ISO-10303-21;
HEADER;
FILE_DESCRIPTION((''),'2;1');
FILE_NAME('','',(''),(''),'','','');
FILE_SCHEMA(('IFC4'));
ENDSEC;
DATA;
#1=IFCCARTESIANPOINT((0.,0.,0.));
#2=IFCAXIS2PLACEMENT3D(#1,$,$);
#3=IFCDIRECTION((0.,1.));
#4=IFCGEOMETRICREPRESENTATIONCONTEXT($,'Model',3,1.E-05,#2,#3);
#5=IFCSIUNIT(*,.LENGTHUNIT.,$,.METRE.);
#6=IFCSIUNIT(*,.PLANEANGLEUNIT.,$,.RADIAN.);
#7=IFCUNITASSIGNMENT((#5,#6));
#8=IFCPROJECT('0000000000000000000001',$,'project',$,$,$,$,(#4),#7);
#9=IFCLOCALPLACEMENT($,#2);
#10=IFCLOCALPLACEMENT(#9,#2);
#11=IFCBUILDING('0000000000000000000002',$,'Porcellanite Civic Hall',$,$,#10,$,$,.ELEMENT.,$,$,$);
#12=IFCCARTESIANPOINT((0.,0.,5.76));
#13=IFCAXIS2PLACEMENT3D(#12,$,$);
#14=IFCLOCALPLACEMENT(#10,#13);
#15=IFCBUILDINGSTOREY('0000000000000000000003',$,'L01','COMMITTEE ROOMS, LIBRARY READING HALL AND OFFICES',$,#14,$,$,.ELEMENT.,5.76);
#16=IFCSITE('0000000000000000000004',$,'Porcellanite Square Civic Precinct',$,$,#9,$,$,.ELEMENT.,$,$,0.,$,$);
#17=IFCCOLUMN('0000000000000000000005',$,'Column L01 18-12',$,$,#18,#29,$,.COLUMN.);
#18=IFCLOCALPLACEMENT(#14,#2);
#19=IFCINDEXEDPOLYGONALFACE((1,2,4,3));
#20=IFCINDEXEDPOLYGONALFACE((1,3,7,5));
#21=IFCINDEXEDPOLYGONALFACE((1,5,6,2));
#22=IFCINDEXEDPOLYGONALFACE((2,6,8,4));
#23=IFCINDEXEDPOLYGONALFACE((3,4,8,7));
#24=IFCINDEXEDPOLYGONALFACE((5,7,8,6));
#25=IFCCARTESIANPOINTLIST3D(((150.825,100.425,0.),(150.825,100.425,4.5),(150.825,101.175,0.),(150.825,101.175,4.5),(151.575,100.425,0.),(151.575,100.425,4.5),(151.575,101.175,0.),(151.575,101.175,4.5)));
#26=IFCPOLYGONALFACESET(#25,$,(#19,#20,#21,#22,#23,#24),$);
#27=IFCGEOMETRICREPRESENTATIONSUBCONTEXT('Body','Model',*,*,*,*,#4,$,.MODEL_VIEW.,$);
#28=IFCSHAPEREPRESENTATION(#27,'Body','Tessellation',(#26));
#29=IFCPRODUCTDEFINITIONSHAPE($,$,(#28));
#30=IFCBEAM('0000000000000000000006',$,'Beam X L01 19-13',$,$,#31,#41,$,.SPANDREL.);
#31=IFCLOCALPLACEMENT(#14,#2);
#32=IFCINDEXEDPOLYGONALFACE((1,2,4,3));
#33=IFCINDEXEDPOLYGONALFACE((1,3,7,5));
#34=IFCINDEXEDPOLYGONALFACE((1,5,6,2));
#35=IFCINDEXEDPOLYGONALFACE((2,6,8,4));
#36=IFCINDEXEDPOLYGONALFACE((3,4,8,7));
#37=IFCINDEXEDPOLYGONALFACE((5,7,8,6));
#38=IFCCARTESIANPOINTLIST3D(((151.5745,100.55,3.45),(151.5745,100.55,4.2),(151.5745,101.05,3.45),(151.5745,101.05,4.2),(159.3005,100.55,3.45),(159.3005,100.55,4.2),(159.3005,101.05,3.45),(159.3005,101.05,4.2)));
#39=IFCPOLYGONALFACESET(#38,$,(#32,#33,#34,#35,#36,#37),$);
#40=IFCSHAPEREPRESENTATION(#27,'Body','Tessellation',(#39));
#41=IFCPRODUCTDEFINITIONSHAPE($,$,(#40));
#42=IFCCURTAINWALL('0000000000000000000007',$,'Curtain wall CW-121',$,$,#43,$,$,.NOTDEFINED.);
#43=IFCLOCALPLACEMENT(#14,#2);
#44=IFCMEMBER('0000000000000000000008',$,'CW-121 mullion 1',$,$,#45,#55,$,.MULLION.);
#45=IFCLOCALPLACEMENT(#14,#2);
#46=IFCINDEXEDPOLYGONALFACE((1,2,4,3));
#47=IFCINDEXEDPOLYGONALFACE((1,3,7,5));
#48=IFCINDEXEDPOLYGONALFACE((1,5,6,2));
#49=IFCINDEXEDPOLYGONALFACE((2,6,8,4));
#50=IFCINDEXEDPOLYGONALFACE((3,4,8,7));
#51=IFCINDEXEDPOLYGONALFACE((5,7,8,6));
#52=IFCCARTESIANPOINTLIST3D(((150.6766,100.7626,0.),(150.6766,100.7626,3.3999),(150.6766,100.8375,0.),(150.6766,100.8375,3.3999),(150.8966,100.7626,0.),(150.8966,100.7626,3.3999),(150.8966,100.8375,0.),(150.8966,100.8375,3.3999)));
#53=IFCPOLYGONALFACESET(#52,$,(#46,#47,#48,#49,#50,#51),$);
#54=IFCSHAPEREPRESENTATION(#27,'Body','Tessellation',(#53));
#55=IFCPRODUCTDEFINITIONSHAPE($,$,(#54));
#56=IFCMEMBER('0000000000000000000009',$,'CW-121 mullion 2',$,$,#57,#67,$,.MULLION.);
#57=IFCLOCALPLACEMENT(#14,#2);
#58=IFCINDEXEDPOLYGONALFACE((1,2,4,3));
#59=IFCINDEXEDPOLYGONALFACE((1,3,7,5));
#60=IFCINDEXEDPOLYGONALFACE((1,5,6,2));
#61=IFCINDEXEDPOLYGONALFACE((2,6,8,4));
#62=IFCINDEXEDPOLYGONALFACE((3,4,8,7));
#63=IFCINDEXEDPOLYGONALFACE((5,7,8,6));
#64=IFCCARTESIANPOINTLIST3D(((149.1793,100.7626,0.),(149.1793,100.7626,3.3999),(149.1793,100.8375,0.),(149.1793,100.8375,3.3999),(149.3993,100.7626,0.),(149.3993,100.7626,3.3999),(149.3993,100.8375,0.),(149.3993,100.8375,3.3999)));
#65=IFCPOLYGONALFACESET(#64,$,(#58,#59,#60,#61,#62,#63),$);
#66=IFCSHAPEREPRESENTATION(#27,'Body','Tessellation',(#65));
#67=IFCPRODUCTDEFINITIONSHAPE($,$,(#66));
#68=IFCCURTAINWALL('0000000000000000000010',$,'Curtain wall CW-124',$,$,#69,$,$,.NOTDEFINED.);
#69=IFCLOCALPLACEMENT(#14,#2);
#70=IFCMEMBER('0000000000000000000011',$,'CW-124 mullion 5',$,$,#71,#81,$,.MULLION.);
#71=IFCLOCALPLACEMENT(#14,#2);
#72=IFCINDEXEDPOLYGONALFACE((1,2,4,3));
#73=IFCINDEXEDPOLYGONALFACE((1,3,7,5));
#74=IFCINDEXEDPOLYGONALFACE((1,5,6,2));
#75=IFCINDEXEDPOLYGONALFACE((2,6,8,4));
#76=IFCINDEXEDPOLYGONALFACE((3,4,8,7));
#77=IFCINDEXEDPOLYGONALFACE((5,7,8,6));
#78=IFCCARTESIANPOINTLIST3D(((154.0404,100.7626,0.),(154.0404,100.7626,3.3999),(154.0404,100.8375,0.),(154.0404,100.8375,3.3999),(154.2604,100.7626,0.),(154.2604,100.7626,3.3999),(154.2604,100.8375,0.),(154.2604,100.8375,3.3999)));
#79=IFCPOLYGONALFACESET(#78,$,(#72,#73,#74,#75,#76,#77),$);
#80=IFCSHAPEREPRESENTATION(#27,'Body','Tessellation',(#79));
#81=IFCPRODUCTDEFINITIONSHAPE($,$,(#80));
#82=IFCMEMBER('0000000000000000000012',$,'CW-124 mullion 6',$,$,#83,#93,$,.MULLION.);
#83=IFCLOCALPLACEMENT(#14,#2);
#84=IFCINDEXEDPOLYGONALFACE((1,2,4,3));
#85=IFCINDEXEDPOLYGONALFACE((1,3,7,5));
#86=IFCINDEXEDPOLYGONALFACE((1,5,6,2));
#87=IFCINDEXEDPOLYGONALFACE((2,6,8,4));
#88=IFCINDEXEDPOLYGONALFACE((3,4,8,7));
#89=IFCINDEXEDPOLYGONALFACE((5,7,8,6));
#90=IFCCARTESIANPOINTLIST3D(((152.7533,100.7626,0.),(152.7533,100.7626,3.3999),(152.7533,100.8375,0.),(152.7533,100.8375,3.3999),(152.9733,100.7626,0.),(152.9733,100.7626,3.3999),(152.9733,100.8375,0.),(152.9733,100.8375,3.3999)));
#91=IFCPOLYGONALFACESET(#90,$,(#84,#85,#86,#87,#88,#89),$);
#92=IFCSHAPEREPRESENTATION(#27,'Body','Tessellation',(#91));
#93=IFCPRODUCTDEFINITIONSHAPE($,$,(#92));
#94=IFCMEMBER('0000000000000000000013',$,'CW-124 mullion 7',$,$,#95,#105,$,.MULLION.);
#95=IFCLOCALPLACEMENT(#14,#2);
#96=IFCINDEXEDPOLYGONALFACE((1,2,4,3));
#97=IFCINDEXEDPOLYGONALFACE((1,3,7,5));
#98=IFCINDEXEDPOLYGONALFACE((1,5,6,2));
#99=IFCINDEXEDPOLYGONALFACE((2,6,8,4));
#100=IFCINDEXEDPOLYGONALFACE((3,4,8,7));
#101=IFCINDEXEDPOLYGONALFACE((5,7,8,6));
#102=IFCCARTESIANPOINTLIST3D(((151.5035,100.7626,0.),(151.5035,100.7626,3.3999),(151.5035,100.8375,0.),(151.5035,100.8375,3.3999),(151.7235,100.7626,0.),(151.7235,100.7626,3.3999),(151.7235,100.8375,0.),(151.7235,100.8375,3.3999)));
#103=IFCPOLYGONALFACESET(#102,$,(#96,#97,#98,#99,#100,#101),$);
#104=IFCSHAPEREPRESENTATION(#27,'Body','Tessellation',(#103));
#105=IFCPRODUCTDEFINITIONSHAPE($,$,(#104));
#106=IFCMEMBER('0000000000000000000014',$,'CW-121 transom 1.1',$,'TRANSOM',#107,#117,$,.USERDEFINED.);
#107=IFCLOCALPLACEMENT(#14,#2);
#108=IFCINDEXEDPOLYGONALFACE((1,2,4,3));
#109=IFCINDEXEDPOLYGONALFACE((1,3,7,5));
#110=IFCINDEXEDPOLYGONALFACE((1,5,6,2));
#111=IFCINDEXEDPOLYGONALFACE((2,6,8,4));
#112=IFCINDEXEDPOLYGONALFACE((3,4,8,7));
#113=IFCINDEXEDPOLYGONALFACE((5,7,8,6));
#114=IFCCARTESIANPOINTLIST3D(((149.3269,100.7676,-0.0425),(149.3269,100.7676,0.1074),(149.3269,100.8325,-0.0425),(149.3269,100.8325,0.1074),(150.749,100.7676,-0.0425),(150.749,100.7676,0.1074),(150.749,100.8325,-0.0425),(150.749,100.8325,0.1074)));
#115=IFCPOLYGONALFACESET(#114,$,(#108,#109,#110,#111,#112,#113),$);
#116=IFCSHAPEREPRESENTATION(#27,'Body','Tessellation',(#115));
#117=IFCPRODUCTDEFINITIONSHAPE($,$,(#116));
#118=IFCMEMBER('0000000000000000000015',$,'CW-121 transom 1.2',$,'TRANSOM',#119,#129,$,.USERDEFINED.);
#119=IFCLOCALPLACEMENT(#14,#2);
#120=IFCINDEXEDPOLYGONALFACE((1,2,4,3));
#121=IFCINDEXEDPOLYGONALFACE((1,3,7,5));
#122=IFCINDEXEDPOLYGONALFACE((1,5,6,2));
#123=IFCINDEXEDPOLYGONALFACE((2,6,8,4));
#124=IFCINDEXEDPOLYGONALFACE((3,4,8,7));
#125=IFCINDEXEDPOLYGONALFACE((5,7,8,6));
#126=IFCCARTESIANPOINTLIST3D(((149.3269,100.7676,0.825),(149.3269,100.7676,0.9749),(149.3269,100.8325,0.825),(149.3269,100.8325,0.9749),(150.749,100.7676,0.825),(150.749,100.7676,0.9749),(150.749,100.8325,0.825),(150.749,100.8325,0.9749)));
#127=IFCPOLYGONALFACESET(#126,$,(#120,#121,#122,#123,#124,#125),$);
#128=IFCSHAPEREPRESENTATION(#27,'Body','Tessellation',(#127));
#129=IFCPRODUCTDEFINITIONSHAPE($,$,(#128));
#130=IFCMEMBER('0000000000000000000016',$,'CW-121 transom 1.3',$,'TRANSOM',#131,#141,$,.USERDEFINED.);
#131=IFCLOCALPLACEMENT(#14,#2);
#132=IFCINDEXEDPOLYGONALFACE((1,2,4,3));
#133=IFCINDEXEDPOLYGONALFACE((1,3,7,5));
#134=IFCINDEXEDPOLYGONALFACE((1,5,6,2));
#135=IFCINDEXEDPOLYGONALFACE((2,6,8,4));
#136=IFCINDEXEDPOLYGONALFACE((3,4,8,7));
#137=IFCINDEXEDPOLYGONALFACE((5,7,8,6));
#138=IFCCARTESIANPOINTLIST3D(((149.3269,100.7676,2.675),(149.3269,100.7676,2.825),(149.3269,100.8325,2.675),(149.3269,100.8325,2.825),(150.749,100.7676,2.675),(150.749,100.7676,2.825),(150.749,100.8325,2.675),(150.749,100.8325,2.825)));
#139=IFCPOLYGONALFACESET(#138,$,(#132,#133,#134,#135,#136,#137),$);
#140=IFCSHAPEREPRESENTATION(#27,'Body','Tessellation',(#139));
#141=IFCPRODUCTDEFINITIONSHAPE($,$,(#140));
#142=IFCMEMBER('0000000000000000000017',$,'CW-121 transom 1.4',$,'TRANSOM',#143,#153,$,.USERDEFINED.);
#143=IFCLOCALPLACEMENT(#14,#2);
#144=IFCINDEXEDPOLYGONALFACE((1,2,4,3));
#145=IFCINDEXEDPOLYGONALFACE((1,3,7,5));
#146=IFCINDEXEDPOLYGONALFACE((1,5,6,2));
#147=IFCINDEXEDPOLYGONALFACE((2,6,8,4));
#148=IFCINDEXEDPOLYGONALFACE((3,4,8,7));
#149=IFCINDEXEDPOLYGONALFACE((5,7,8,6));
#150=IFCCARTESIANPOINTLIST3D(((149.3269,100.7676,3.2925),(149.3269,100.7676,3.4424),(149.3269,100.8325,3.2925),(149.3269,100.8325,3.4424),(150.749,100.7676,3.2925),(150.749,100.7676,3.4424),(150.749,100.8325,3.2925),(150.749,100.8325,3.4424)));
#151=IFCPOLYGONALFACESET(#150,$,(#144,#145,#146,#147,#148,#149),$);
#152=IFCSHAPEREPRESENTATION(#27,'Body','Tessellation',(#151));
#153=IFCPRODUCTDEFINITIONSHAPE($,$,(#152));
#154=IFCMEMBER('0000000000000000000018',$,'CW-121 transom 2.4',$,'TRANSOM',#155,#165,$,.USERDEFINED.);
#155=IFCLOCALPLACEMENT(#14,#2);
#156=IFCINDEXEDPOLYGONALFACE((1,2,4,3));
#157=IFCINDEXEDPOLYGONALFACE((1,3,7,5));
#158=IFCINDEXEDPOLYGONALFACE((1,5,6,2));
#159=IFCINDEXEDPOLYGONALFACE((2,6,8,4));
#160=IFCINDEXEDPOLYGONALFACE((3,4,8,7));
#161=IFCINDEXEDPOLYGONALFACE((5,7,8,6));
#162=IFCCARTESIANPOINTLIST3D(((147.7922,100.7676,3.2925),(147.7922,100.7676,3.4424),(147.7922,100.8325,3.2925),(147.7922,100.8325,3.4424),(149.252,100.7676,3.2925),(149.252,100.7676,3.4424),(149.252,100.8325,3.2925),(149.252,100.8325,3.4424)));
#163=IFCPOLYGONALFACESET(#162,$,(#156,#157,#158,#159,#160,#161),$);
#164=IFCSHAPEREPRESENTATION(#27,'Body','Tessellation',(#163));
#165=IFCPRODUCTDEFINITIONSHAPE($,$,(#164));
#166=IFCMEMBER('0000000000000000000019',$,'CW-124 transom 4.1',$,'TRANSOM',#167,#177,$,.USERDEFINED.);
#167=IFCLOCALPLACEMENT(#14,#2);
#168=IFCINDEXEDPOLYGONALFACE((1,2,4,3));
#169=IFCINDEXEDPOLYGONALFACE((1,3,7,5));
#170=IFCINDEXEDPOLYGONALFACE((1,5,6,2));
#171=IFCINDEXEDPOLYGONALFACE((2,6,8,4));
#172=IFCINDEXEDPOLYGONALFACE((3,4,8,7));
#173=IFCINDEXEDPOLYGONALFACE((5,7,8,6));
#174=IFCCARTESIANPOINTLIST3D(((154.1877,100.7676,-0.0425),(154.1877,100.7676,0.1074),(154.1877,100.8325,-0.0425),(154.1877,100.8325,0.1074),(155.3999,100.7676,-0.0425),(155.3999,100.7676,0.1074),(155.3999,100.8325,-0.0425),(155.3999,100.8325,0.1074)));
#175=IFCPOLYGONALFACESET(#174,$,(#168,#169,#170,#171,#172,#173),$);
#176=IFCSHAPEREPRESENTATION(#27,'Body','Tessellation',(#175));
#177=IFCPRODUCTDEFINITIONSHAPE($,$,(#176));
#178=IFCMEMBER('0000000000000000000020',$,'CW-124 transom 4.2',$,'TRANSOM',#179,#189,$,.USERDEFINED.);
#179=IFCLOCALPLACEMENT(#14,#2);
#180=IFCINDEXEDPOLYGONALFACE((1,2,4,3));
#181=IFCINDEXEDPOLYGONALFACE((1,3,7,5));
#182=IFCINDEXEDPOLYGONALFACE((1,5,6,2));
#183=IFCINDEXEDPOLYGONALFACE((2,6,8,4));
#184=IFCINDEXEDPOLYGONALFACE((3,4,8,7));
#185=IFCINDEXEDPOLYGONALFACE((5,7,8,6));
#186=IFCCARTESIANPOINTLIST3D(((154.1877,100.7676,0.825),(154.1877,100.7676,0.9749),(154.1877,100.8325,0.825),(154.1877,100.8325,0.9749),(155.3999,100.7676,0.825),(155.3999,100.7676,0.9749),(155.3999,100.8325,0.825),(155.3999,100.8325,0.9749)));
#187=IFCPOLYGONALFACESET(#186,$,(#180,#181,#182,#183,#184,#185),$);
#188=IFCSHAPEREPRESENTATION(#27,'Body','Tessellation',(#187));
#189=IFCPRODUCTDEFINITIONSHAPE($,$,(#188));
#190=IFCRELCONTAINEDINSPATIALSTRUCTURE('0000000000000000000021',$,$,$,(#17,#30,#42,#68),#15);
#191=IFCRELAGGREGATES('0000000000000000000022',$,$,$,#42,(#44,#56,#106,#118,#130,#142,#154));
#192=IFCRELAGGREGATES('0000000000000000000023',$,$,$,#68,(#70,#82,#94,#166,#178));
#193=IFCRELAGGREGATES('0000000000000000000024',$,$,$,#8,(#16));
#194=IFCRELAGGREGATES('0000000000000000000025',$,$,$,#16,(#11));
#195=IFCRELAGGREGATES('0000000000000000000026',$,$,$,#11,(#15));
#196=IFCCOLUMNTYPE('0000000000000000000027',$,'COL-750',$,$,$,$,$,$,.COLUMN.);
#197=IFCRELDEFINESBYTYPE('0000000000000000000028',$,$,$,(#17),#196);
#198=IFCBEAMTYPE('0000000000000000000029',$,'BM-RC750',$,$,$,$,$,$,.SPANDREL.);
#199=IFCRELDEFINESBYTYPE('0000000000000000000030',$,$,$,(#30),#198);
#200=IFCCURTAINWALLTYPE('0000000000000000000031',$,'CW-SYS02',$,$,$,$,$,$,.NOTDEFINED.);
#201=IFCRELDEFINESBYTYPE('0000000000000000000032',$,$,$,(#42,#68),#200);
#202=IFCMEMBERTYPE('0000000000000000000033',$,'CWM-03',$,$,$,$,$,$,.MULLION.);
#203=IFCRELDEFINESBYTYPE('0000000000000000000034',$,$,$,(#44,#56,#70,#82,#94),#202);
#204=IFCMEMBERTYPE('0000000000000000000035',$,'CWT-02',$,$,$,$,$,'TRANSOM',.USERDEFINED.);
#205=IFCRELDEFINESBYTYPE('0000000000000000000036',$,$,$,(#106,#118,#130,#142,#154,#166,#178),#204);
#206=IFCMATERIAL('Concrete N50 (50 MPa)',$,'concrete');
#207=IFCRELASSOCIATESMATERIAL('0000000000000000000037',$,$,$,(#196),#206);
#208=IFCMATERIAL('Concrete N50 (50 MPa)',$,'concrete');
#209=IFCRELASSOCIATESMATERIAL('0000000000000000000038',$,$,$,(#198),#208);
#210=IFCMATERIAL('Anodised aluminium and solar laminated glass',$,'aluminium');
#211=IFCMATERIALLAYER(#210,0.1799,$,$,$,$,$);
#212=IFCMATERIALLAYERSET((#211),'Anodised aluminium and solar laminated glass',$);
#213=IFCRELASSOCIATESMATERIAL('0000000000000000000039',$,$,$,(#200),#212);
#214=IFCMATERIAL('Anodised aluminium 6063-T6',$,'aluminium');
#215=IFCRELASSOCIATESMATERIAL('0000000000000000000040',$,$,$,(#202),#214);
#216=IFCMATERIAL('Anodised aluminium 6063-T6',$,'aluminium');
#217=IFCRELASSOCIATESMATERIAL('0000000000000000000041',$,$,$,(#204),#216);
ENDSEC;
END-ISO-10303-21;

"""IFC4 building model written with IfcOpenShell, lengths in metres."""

from ifc_helpers import new_model, si_unit, direction, frame, origin, origin_2d, place, context, subcontext, project, spatial, rectangle, extrude, material, layer, layer_set, material_profile, profile_set, type_object, element, aggregate, save


model = new_model("IFC4")

# Units and contexts
model_context = context("Model", 3, precision=1e-05, world=origin(), true_north=direction((0.0, 1.0)))
body_context = subcontext(model_context, "Body", "Model", "MODEL_VIEW")
ifc_project = project(units=[si_unit("LENGTHUNIT", "METRE"), si_unit("PLANEANGLEUNIT", "RADIAN")], contexts=[model_context])

# Site, building, storey
site_placement = place(None, origin())
site = spatial("IfcSite", under=ifc_project, at=site_placement, Name="Porcellanite Square Civic Precinct", CompositionType="ELEMENT", RefElevation=0.0)
building_placement = place(site_placement, origin())
building = spatial("IfcBuilding", under=site, at=building_placement, Name="Porcellanite Civic Hall", CompositionType="ELEMENT")
storey_placement = place(building_placement, frame((0.0, 0.0, 5.76)))
storey = spatial("IfcBuildingStorey", under=building, at=storey_placement, Name="L01", Description="COMMITTEE ROOMS, LIBRARY READING HALL AND OFFICES", CompositionType="ELEMENT", Elevation=5.76)

# Column
ifc_material_1 = material(Name="Concrete N50 (50 MPa)", Category="concrete")
ifc_material_profile_1 = material_profile(ifc_material_1, rectangle(XDim=0.75, YDim=0.75, at=origin_2d()), Name="RC-750x750")
ifc_profile_set_1 = profile_set([ifc_material_profile_1], Name="Concrete N50 (50 MPa)")
column_type = type_object("IfcColumnType", Name="COL-750", PredefinedType="COLUMN", material=ifc_profile_set_1)
column_placement = place(storey_placement, frame((151.2, 100.8, 0.0), z_axis=(0.0, 0.0, 1.0), x_axis=(1.0, 0.0, 0.0)))
element("IfcColumn", 1, at=column_placement, inside=storey, type_object=column_type, Name="Column L01 18-12", PredefinedType="COLUMN", context=body_context, shape_type="SweptSolid", body=[
    extrude(rectangle(XDim=0.75, YDim=0.75, at=origin_2d()), origin(), (0.0, 0.0, 1.0), 4.5),
])

# Beam
ifc_material_2 = material(Name="Concrete N50 (50 MPa)", Category="concrete")
ifc_material_profile_2 = material_profile(ifc_material_2, rectangle(XDim=0.5, YDim=0.75, at=origin_2d()), Name="RC-500x750")
ifc_profile_set_2 = profile_set([ifc_material_profile_2], Name="Concrete N50 (50 MPa)")
beam_type = type_object("IfcBeamType", Name="BM-RC750", PredefinedType="SPANDREL", material=ifc_profile_set_2)
beam_placement = place(storey_placement, frame((151.5745, 100.8, 3.825), z_axis=(1.0, 0.0, 0.0), x_axis=(0.0, 1.0, 0.0)))
element("IfcBeam", 2, at=beam_placement, inside=storey, type_object=beam_type, Name="Beam X L01 19-13", PredefinedType="SPANDREL", context=body_context, shape_type="SweptSolid", body=[
    extrude(rectangle(XDim=0.5, YDim=0.75, at=origin_2d()), origin(), (0.0, 0.0, 1.0), 7.7261),
])

# Curtain walls, members
ifc_material_3 = material(Name="Anodised aluminium and solar laminated glass", Category="aluminium")
ifc_layer_1 = layer(ifc_material_3, 0.1799)
ifc_layer_set_1 = layer_set([ifc_layer_1], Name="Anodised aluminium and solar laminated glass")
curtain_wall_type = type_object("IfcCurtainWallType", Name="CW-SYS02", PredefinedType="NOTDEFINED", material=ifc_layer_set_1)
curtain_wall_1_placement = place(storey_placement, origin())
curtain_wall_1 = element("IfcCurtainWall", 3, at=curtain_wall_1_placement, inside=storey, type_object=curtain_wall_type, Name="Curtain wall CW-121", PredefinedType="NOTDEFINED")
ifc_material_4 = material(Name="Anodised aluminium 6063-T6", Category="aluminium")
ifc_material_profile_3 = material_profile(ifc_material_4, rectangle(XDim=0.075, YDim=0.22, at=origin_2d()), Name="AL-75x220")
ifc_profile_set_3 = profile_set([ifc_material_profile_3], Name="Anodised aluminium 6063-T6")
member_type_1 = type_object("IfcMemberType", Name="CWM-03", PredefinedType="MULLION", material=ifc_profile_set_3)
member_1_placement = place(storey_placement, frame((150.7866, 100.8, 0.0), z_axis=(0.0, 0.0, 1.0), x_axis=(0.0, -1.0, 0.0)))
member_1 = element("IfcMember", 4, at=member_1_placement, type_object=member_type_1, Name="CW-121 mullion 1", PredefinedType="MULLION", context=body_context, shape_type="SweptSolid", body=[
    extrude(rectangle(XDim=0.075, YDim=0.22, at=origin_2d()), origin(), (0.0, 0.0, 1.0), 3.3999),
])
member_2_placement = place(storey_placement, frame((149.2893, 100.8, 0.0), z_axis=(0.0, 0.0, 1.0), x_axis=(0.0, -1.0, 0.0)))
member_2 = element("IfcMember", 5, at=member_2_placement, type_object=member_type_1, Name="CW-121 mullion 2", PredefinedType="MULLION", context=body_context, shape_type="SweptSolid", body=[
    extrude(rectangle(XDim=0.075, YDim=0.22, at=origin_2d()), origin(), (0.0, 0.0, 1.0), 3.3999),
])
curtain_wall_2_placement = place(storey_placement, origin())
curtain_wall_2 = element("IfcCurtainWall", 6, at=curtain_wall_2_placement, inside=storey, type_object=curtain_wall_type, Name="Curtain wall CW-124", PredefinedType="NOTDEFINED")
member_3_placement = place(storey_placement, frame((154.1504, 100.8, 0.0), z_axis=(0.0, 0.0, 1.0), x_axis=(0.0, -1.0, 0.0)))
member_3 = element("IfcMember", 7, at=member_3_placement, type_object=member_type_1, Name="CW-124 mullion 5", PredefinedType="MULLION", context=body_context, shape_type="SweptSolid", body=[
    extrude(rectangle(XDim=0.075, YDim=0.22, at=origin_2d()), origin(), (0.0, 0.0, 1.0), 3.3999),
])
member_4_placement = place(storey_placement, frame((152.8633, 100.8, 0.0), z_axis=(0.0, 0.0, 1.0), x_axis=(0.0, -1.0, 0.0)))
member_4 = element("IfcMember", 8, at=member_4_placement, type_object=member_type_1, Name="CW-124 mullion 6", PredefinedType="MULLION", context=body_context, shape_type="SweptSolid", body=[
    extrude(rectangle(XDim=0.075, YDim=0.22, at=origin_2d()), origin(), (0.0, 0.0, 1.0), 3.3999),
])
member_5_placement = place(storey_placement, frame((151.6135, 100.8, 0.0), z_axis=(0.0, 0.0, 1.0), x_axis=(0.0, -1.0, 0.0)))
member_5 = element("IfcMember", 9, at=member_5_placement, type_object=member_type_1, Name="CW-124 mullion 7", PredefinedType="MULLION", context=body_context, shape_type="SweptSolid", body=[
    extrude(rectangle(XDim=0.075, YDim=0.22, at=origin_2d()), origin(), (0.0, 0.0, 1.0), 3.3999),
])

# Members
ifc_material_5 = material(Name="Anodised aluminium 6063-T6", Category="aluminium")
ifc_material_profile_4 = material_profile(ifc_material_5, rectangle(XDim=0.0649, YDim=0.1499, at=origin_2d()), Name="AL-65x150")
ifc_profile_set_4 = profile_set([ifc_material_profile_4], Name="Anodised aluminium 6063-T6")
member_type_2 = type_object("IfcMemberType", Name="CWT-02", ElementType="TRANSOM", PredefinedType="USERDEFINED", material=ifc_profile_set_4)
member_6_placement = place(storey_placement, frame((150.749, 100.8, 0.0325), z_axis=(-1.0, 0.0, 0.0), x_axis=(0.0, -1.0, 0.0)))
member_6 = element("IfcMember", 10, at=member_6_placement, type_object=member_type_2, Name="CW-121 transom 1.1", ObjectType="TRANSOM", PredefinedType="USERDEFINED", context=body_context, shape_type="SweptSolid", body=[
    extrude(rectangle(XDim=0.0649, YDim=0.1499, at=origin_2d()), origin(), (0.0, 0.0, 1.0), 1.4221),
])
member_7_placement = place(storey_placement, frame((150.749, 100.8, 0.8999), z_axis=(-1.0, 0.0, 0.0), x_axis=(0.0, -1.0, 0.0)))
member_7 = element("IfcMember", 11, at=member_7_placement, type_object=member_type_2, Name="CW-121 transom 1.2", ObjectType="TRANSOM", PredefinedType="USERDEFINED", context=body_context, shape_type="SweptSolid", body=[
    extrude(rectangle(XDim=0.0649, YDim=0.1499, at=origin_2d()), origin(), (0.0, 0.0, 1.0), 1.4221),
])
member_8_placement = place(storey_placement, frame((150.749, 100.8, 2.75), z_axis=(-1.0, 0.0, 0.0), x_axis=(0.0, -1.0, 0.0)))
member_8 = element("IfcMember", 12, at=member_8_placement, type_object=member_type_2, Name="CW-121 transom 1.3", ObjectType="TRANSOM", PredefinedType="USERDEFINED", context=body_context, shape_type="SweptSolid", body=[
    extrude(rectangle(XDim=0.0649, YDim=0.1499, at=origin_2d()), origin(), (0.0, 0.0, 1.0), 1.4221),
])
member_9_placement = place(storey_placement, frame((150.749, 100.8, 3.3674), z_axis=(-1.0, 0.0, 0.0), x_axis=(0.0, -1.0, 0.0)))
member_9 = element("IfcMember", 13, at=member_9_placement, type_object=member_type_2, Name="CW-121 transom 1.4", ObjectType="TRANSOM", PredefinedType="USERDEFINED", context=body_context, shape_type="SweptSolid", body=[
    extrude(rectangle(XDim=0.0649, YDim=0.1499, at=origin_2d()), origin(), (0.0, 0.0, 1.0), 1.4221),
])
member_10_placement = place(storey_placement, frame((149.252, 100.8, 3.3674), z_axis=(-1.0, 0.0, 0.0), x_axis=(0.0, -1.0, 0.0)))
member_10 = element("IfcMember", 14, at=member_10_placement, type_object=member_type_2, Name="CW-121 transom 2.4", ObjectType="TRANSOM", PredefinedType="USERDEFINED", context=body_context, shape_type="SweptSolid", body=[
    extrude(rectangle(XDim=0.0649, YDim=0.1499, at=origin_2d()), origin(), (0.0, 0.0, 1.0), 1.4597),
])
member_11_placement = place(storey_placement, frame((155.3999, 100.8, 0.0325), z_axis=(-1.0, 0.0, 0.0), x_axis=(0.0, -1.0, 0.0)))
member_11 = element("IfcMember", 15, at=member_11_placement, type_object=member_type_2, Name="CW-124 transom 4.1", ObjectType="TRANSOM", PredefinedType="USERDEFINED", context=body_context, shape_type="SweptSolid", body=[
    extrude(rectangle(XDim=0.0649, YDim=0.1499, at=origin_2d()), origin(), (0.0, 0.0, 1.0), 1.2122),
])
member_12_placement = place(storey_placement, frame((155.3999, 100.8, 0.8999), z_axis=(-1.0, 0.0, 0.0), x_axis=(0.0, -1.0, 0.0)))
member_12 = element("IfcMember", 16, at=member_12_placement, type_object=member_type_2, Name="CW-124 transom 4.2", ObjectType="TRANSOM", PredefinedType="USERDEFINED", context=body_context, shape_type="SweptSolid", body=[
    extrude(rectangle(XDim=0.0649, YDim=0.1499, at=origin_2d()), origin(), (0.0, 0.0, 1.0), 1.2122),
])

aggregate(curtain_wall_1, [member_1, member_2, member_6, member_7, member_8, member_9, member_10])
aggregate(curtain_wall_2, [member_3, member_4, member_5, member_11, member_12])

save(model, "model.ifc")
